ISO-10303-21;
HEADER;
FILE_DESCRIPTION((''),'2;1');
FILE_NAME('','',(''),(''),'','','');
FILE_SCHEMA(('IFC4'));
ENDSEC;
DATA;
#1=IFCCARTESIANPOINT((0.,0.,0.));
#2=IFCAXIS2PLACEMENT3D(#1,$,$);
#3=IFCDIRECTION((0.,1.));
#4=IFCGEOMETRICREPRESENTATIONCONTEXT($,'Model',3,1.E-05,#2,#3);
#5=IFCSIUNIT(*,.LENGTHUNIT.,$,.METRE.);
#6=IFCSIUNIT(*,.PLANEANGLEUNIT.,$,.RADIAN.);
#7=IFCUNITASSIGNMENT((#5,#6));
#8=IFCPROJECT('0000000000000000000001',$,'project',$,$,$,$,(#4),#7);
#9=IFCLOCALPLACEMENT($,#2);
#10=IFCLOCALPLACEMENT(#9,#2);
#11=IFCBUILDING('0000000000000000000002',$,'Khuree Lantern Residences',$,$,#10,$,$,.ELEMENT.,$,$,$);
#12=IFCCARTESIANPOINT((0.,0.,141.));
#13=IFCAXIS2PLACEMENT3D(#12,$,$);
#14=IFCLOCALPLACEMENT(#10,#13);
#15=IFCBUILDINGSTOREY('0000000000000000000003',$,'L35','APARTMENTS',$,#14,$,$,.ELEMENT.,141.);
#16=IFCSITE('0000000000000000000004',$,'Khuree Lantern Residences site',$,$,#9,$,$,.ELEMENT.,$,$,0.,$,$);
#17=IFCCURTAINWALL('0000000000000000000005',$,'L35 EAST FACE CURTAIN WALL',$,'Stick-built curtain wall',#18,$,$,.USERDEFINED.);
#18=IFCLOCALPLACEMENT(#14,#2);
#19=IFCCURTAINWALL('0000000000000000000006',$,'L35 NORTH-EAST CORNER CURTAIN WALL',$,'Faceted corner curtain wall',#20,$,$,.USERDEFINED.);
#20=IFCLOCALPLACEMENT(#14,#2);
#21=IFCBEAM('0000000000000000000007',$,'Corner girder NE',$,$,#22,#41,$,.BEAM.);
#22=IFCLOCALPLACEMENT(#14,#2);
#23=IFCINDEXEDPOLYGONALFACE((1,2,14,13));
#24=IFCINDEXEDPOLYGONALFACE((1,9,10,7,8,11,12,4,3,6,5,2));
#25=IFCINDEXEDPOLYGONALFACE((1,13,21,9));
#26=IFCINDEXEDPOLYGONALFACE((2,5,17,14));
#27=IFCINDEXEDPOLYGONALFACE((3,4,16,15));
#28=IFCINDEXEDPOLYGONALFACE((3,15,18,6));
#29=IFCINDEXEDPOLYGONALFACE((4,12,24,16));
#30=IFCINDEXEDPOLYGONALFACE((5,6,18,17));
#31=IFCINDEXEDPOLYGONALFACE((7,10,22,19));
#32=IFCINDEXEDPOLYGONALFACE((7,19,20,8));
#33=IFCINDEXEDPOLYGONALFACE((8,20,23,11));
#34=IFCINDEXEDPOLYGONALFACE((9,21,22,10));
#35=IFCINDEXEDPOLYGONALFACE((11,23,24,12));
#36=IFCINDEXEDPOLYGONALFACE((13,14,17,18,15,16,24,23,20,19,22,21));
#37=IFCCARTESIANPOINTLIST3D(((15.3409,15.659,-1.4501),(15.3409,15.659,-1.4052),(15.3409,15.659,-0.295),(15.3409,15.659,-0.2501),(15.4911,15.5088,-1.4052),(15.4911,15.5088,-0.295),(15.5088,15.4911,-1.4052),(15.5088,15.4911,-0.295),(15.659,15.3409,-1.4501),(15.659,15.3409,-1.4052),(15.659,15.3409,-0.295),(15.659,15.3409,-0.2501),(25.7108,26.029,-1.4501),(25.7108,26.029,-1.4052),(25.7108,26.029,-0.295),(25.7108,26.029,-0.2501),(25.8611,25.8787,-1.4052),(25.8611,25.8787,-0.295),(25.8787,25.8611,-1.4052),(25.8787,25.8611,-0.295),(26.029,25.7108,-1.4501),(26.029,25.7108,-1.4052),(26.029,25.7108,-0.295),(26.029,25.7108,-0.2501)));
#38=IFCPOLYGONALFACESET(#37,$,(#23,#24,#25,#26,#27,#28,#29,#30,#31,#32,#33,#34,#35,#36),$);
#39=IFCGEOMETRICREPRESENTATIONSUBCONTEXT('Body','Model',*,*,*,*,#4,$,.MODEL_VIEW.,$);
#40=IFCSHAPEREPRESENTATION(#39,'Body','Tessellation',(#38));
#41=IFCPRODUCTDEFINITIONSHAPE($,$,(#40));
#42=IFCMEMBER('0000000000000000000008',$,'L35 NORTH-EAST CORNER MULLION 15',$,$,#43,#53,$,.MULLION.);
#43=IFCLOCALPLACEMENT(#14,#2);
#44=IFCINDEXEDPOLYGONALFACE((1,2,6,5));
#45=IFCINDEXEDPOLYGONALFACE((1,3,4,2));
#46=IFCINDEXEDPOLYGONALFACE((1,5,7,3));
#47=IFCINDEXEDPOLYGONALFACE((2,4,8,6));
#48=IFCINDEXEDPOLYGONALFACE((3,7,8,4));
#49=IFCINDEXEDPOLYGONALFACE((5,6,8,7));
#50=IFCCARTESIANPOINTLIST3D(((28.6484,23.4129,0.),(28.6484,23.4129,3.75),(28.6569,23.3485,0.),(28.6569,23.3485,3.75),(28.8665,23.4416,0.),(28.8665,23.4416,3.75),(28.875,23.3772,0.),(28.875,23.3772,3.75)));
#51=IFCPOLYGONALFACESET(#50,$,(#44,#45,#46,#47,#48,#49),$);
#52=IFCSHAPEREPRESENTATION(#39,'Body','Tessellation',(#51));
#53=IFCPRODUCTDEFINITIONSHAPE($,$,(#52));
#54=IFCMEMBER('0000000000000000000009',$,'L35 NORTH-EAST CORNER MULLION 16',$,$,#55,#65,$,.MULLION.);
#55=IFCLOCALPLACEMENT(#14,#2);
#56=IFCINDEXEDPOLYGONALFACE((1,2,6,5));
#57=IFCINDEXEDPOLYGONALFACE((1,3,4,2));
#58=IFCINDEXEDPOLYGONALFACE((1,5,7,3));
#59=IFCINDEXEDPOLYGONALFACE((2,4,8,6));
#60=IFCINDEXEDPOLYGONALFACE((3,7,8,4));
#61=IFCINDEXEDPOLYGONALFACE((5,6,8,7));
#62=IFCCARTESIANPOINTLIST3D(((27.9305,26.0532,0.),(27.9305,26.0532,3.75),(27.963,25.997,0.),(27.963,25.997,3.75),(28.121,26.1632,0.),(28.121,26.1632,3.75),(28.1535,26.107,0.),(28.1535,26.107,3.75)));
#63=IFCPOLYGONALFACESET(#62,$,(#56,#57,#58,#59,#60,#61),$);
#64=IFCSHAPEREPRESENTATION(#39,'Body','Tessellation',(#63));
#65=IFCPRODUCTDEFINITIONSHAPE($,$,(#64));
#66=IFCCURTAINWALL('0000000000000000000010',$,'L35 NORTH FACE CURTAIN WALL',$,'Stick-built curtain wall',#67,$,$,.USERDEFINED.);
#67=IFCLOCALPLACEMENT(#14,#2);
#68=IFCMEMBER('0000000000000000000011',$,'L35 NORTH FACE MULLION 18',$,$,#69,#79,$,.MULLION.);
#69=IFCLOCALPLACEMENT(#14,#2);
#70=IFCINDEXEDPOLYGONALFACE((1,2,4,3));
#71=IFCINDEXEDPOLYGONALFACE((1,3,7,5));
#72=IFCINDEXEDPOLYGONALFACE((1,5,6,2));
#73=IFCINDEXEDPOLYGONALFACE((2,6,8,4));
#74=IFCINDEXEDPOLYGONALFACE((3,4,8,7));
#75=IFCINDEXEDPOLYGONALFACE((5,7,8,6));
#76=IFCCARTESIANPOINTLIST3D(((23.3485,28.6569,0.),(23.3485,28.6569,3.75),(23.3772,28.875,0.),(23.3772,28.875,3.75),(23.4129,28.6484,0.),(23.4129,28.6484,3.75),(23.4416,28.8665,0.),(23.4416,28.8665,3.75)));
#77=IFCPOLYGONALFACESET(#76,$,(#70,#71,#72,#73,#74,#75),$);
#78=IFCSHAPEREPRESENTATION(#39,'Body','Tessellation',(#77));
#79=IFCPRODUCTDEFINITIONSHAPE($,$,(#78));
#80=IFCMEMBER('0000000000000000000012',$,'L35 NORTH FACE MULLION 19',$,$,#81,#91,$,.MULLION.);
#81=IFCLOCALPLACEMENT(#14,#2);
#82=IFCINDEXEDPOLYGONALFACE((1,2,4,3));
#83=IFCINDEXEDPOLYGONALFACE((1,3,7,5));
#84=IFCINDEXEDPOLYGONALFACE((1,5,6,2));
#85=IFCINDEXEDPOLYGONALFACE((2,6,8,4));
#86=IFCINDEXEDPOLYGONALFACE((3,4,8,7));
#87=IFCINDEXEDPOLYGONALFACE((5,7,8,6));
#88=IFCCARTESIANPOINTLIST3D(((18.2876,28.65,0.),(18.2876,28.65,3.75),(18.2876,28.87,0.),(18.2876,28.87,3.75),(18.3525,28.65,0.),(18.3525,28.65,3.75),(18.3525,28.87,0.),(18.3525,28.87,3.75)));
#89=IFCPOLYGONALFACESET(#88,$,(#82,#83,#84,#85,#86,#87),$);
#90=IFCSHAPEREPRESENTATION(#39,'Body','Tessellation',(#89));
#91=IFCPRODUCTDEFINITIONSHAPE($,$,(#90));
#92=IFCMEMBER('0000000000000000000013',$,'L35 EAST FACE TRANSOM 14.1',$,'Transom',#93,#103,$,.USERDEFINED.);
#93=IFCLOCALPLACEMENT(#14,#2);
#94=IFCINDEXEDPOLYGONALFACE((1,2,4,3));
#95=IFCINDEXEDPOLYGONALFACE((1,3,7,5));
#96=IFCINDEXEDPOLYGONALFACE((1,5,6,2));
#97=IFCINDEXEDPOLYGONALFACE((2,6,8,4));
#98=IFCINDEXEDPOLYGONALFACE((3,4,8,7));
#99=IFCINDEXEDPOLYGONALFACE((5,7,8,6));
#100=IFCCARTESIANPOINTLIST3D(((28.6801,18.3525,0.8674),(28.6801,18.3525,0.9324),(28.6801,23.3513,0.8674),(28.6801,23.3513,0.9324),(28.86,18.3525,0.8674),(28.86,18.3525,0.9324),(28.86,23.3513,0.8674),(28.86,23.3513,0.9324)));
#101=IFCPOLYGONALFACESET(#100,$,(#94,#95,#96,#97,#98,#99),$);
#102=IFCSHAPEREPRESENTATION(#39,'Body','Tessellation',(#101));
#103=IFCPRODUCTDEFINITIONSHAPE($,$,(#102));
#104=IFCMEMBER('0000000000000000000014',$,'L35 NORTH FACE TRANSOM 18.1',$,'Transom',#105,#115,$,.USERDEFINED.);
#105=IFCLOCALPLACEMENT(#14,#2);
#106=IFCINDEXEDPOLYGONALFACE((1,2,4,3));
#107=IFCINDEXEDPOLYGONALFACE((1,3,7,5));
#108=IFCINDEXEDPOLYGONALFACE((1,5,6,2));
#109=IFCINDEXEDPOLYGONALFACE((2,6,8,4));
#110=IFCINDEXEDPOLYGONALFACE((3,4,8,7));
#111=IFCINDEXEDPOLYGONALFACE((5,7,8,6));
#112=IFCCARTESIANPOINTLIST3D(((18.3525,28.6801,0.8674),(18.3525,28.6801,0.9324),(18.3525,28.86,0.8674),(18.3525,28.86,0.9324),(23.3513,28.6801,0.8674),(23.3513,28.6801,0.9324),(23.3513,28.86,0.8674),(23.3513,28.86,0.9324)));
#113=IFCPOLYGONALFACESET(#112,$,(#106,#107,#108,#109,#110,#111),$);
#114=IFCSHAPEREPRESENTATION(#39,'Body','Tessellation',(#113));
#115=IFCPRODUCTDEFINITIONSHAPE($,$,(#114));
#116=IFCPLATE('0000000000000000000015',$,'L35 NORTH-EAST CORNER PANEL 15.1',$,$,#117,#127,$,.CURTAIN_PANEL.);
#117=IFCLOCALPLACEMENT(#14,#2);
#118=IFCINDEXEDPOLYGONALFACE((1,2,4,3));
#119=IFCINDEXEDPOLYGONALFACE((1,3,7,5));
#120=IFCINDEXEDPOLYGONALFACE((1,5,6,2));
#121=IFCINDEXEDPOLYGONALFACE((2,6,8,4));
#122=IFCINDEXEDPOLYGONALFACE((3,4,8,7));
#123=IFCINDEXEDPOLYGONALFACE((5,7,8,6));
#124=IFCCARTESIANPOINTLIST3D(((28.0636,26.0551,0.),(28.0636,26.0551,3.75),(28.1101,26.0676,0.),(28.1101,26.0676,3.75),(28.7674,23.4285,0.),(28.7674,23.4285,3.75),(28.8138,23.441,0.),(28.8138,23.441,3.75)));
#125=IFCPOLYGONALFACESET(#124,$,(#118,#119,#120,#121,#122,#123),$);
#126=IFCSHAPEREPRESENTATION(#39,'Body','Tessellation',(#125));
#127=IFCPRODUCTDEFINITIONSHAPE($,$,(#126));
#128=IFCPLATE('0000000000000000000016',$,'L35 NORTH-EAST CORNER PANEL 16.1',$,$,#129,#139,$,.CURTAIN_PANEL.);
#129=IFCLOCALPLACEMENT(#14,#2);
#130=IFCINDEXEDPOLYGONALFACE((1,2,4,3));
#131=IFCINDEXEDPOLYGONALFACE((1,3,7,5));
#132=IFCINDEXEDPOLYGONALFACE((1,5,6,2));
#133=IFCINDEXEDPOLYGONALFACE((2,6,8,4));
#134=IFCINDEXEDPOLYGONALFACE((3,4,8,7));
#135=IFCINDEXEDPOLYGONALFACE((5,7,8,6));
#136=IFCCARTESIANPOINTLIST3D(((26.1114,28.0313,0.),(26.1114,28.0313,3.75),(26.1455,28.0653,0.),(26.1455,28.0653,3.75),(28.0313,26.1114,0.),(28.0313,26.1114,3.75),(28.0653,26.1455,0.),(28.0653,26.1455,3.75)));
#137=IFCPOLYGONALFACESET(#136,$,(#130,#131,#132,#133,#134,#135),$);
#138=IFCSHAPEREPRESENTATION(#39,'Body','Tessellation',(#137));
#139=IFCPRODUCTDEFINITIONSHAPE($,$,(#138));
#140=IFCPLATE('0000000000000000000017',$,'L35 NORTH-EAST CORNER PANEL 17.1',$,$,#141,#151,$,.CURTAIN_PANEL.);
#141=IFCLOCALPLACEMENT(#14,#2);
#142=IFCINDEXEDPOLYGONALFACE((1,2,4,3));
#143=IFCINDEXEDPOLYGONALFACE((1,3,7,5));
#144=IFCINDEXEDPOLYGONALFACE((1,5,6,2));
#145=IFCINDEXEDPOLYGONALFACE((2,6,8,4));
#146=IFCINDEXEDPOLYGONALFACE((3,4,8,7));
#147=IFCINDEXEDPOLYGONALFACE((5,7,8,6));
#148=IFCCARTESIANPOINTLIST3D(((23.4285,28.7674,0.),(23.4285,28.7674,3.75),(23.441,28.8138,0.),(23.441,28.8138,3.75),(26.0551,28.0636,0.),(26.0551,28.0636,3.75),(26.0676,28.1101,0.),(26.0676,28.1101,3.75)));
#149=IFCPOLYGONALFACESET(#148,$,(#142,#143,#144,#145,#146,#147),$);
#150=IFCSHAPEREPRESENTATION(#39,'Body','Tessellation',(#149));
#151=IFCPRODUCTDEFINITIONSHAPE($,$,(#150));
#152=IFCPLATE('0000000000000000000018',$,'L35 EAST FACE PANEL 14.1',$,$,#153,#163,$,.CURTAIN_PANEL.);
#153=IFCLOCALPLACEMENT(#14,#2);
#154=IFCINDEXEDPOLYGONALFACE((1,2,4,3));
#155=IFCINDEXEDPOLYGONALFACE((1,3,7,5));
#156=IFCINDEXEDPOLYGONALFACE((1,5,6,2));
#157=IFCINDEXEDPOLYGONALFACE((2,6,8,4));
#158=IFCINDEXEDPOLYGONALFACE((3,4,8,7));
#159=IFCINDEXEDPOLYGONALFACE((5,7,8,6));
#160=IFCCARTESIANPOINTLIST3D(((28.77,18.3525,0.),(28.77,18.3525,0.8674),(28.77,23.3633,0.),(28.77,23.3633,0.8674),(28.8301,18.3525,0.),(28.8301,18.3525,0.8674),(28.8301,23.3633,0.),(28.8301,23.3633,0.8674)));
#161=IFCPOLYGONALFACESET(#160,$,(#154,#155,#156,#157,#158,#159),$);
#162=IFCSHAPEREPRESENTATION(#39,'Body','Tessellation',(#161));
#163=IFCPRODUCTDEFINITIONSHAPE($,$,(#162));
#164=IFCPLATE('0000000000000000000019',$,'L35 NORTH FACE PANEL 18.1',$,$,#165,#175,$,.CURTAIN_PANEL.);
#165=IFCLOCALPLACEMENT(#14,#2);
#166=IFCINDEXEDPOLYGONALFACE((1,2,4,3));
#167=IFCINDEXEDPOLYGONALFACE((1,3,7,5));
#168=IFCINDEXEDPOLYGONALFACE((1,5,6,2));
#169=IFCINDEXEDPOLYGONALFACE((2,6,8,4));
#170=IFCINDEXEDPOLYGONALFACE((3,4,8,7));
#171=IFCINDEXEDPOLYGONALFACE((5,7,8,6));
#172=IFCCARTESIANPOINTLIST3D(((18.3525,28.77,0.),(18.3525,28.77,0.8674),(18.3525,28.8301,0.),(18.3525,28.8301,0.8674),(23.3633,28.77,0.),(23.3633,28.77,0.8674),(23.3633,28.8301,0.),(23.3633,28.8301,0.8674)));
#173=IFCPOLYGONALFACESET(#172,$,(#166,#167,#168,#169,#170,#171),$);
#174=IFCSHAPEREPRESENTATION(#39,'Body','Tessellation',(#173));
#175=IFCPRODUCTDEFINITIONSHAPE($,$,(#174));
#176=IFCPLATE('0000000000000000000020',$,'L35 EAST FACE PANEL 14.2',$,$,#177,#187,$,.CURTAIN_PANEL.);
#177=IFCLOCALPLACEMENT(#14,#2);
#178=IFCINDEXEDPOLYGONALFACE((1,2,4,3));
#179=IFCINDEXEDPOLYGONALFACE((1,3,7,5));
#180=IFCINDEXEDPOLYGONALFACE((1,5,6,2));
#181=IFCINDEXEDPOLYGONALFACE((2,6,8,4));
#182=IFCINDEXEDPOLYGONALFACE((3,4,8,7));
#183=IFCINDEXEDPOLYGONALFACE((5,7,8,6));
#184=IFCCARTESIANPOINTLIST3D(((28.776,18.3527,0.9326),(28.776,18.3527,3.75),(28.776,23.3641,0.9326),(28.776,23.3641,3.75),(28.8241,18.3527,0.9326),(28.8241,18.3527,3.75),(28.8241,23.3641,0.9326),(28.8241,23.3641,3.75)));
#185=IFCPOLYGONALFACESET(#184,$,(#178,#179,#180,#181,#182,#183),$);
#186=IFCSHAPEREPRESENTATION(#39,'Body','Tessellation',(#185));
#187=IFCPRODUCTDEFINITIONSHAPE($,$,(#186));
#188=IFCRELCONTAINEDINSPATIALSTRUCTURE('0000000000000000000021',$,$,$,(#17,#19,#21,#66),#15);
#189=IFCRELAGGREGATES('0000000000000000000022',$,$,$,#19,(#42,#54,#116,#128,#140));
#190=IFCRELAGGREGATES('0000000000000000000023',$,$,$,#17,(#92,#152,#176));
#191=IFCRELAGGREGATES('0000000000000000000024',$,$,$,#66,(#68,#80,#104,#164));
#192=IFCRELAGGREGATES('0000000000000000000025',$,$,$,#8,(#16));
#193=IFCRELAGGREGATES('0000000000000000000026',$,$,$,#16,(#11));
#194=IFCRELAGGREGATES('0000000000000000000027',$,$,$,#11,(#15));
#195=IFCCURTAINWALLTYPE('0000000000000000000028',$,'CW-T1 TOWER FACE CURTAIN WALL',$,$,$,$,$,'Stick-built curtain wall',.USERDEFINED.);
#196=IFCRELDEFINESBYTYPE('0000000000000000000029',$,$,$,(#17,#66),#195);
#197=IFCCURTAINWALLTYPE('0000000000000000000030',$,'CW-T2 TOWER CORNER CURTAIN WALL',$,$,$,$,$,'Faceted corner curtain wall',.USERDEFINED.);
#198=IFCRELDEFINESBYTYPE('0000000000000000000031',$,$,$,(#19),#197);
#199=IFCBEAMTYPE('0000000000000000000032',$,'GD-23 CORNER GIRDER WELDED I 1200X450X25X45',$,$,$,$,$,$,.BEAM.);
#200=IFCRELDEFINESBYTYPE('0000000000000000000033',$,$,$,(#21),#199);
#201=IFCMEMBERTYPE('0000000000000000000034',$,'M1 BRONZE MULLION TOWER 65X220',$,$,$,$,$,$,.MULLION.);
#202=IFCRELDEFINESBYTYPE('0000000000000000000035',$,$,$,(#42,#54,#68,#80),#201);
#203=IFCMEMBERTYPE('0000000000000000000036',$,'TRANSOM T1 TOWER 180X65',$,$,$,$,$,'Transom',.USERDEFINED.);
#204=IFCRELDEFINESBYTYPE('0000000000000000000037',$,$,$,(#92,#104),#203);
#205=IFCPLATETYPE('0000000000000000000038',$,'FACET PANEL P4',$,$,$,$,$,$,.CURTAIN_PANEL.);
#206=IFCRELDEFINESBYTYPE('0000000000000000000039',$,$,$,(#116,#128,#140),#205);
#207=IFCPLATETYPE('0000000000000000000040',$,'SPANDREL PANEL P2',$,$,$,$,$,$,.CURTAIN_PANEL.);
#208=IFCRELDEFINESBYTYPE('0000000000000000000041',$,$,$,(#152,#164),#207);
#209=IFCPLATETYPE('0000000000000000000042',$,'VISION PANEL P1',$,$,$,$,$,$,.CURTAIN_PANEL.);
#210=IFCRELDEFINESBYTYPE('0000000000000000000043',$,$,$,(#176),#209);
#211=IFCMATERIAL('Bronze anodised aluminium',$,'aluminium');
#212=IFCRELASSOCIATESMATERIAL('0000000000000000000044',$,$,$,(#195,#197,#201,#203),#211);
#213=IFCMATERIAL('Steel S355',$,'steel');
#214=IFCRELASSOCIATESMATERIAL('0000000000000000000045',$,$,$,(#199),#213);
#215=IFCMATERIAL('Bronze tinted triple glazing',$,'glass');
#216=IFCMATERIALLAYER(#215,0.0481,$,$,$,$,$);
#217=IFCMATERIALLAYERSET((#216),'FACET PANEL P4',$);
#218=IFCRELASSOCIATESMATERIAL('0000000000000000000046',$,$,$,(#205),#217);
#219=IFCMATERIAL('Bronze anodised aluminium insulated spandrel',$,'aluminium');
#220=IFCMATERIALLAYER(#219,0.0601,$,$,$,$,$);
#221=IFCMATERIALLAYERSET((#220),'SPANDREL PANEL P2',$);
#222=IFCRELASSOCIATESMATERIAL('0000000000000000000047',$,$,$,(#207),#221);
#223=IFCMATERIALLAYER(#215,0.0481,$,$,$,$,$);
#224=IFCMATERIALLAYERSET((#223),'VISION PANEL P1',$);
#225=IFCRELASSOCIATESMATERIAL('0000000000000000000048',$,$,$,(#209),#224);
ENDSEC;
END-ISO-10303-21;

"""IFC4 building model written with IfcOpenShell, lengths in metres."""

from ifc_helpers import new_model, si_unit, direction, frame, origin, origin_2d, place, context, subcontext, project, spatial, rectangle, i_section, extrude, material, layer, layer_set, material_profile, profile_set, type_object, element, aggregate, save


model = new_model("IFC4")

# Units and contexts
model_context = context("Model", 3, precision=1e-05, world=origin(), true_north=direction((0.0, 1.0)))
body_context = subcontext(model_context, "Body", "Model", "MODEL_VIEW")
ifc_project = project(units=[si_unit("LENGTHUNIT", "METRE"), si_unit("PLANEANGLEUNIT", "RADIAN")], contexts=[model_context])

# Site, building, storey
site_placement = place(None, origin())
site = spatial("IfcSite", under=ifc_project, at=site_placement, Name="Khuree Lantern Residences site", CompositionType="ELEMENT", RefElevation=0.0)
building_placement = place(site_placement, origin())
building = spatial("IfcBuilding", under=site, at=building_placement, Name="Khuree Lantern Residences", CompositionType="ELEMENT")
storey_placement = place(building_placement, frame((0.0, 0.0, 141.0)))
storey = spatial("IfcBuildingStorey", under=building, at=storey_placement, Name="L35", Description="APARTMENTS", CompositionType="ELEMENT", Elevation=141.0)

# Shared definitions
ifc_material_1 = material(Name="Steel S355", Category="steel")

# Curtain walls
ifc_material_2 = material(Name="Bronze anodised aluminium", Category="aluminium")
curtain_wall_type_1 = type_object("IfcCurtainWallType", Name="CW-T1 TOWER FACE CURTAIN WALL", ElementType="Stick-built curtain wall", PredefinedType="USERDEFINED", material=ifc_material_2)
curtain_wall_1_placement = place(storey_placement, origin())
curtain_wall_1 = element("IfcCurtainWall", 1, at=curtain_wall_1_placement, inside=storey, type_object=curtain_wall_type_1, Name="L35 EAST FACE CURTAIN WALL", ObjectType="Stick-built curtain wall", PredefinedType="USERDEFINED")
curtain_wall_type_2 = type_object("IfcCurtainWallType", Name="CW-T2 TOWER CORNER CURTAIN WALL", ElementType="Faceted corner curtain wall", PredefinedType="USERDEFINED", material=ifc_material_2)
curtain_wall_2_placement = place(storey_placement, origin())
curtain_wall_2 = element("IfcCurtainWall", 2, at=curtain_wall_2_placement, inside=storey, type_object=curtain_wall_type_2, Name="L35 NORTH-EAST CORNER CURTAIN WALL", ObjectType="Faceted corner curtain wall", PredefinedType="USERDEFINED")

# Beam
ifc_material_profile_1 = material_profile(ifc_material_1, i_section(OverallWidth=0.45, OverallDepth=1.2, WebThickness=0.0249, FlangeThickness=0.0449, at=origin_2d()), Name="WELDED I 1200X450X25X45")
ifc_profile_set_1 = profile_set([ifc_material_profile_1], Name="Steel S355")
beam_type_1 = type_object("IfcBeamType", Name="GD-23 CORNER GIRDER WELDED I 1200X450X25X45", PredefinedType="BEAM", material=ifc_profile_set_1)
beam_1_placement = place(storey_placement, frame((25.8699, 25.8699, -0.8501), z_axis=(-0.707107, -0.707107, 0.0), x_axis=(0.707107, -0.707107, 0.0)))
element("IfcBeam", 3, at=beam_1_placement, inside=storey, type_object=beam_type_1, Name="Corner girder NE", PredefinedType="BEAM", context=body_context, shape_type="SweptSolid", body=[
    extrude(i_section(OverallWidth=0.45, OverallDepth=1.2, WebThickness=0.0249, FlangeThickness=0.0449, at=origin_2d()), origin(), (0.0, 0.0, 1.0), 14.6653),
])

# Members
ifc_material_profile_2 = material_profile(ifc_material_2, rectangle(XDim=0.0649, YDim=0.22, at=origin_2d()), Name="M1 65X220")
ifc_profile_set_2 = profile_set([ifc_material_profile_2], Name="Bronze anodised aluminium")
member_type_1 = type_object("IfcMemberType", Name="M1 BRONZE MULLION TOWER 65X220", PredefinedType="MULLION", material=ifc_profile_set_2)
member_1_placement = place(storey_placement, frame((28.7617, 23.395, 0.0), z_axis=(0.0, 0.0, 1.0), x_axis=(-0.130526, 0.991445, 0.0)))
member_1 = element("IfcMember", 4, at=member_1_placement, type_object=member_type_1, Name="L35 NORTH-EAST CORNER MULLION 15", PredefinedType="MULLION", context=body_context, shape_type="SweptSolid", body=[
    extrude(rectangle(XDim=0.0649, YDim=0.22, at=origin_2d()), origin(), (0.0, 0.0, 1.0), 3.75),
])
member_2_placement = place(storey_placement, frame((28.042, 26.0801, 0.0), z_axis=(0.0, 0.0, 1.0), x_axis=(-0.5, 0.866025, 0.0)))
member_2 = element("IfcMember", 5, at=member_2_placement, type_object=member_type_1, Name="L35 NORTH-EAST CORNER MULLION 16", PredefinedType="MULLION", context=body_context, shape_type="SweptSolid", body=[
    extrude(rectangle(XDim=0.0649, YDim=0.22, at=origin_2d()), origin(), (0.0, 0.0, 1.0), 3.75),
])

# Curtain wall, members
curtain_wall_3_placement = place(storey_placement, origin())
curtain_wall_3 = element("IfcCurtainWall", 6, at=curtain_wall_3_placement, inside=storey, type_object=curtain_wall_type_1, Name="L35 NORTH FACE CURTAIN WALL", ObjectType="Stick-built curtain wall", PredefinedType="USERDEFINED")
member_3_placement = place(storey_placement, frame((23.395, 28.7617, 0.0), z_axis=(0.0, 0.0, 1.0), x_axis=(-0.991445, 0.130526, 0.0)))
member_3 = element("IfcMember", 7, at=member_3_placement, type_object=member_type_1, Name="L35 NORTH FACE MULLION 18", PredefinedType="MULLION", context=body_context, shape_type="SweptSolid", body=[
    extrude(rectangle(XDim=0.0649, YDim=0.22, at=origin_2d()), origin(), (0.0, 0.0, 1.0), 3.75),
])
member_4_placement = place(storey_placement, frame((18.3201, 28.76, 0.0), z_axis=(0.0, 0.0, 1.0), x_axis=(-1.0, 0.0, 0.0)))
member_4 = element("IfcMember", 8, at=member_4_placement, type_object=member_type_1, Name="L35 NORTH FACE MULLION 19", PredefinedType="MULLION", context=body_context, shape_type="SweptSolid", body=[
    extrude(rectangle(XDim=0.0649, YDim=0.22, at=origin_2d()), origin(), (0.0, 0.0, 1.0), 3.75),
])

# Members
ifc_material_profile_3 = material_profile(ifc_material_2, rectangle(XDim=0.1799, YDim=0.0649, at=origin_2d()), Name="T1 180X65")
ifc_profile_set_3 = profile_set([ifc_material_profile_3], Name="Bronze anodised aluminium")
member_type_2 = type_object("IfcMemberType", Name="TRANSOM T1 TOWER 180X65", ElementType="Transom", PredefinedType="USERDEFINED", material=ifc_profile_set_3)
member_5_placement = place(storey_placement, frame((28.77, 18.3525, 0.8999), z_axis=(0.0, 1.0, 0.0), x_axis=(-1.0, 0.0, 0.0)))
member_5 = element("IfcMember", 9, at=member_5_placement, type_object=member_type_2, Name="L35 EAST FACE TRANSOM 14.1", ObjectType="Transom", PredefinedType="USERDEFINED", context=body_context, shape_type="SweptSolid", body=[
    extrude(rectangle(XDim=0.1799, YDim=0.0649, at=origin_2d()), origin(), (0.0, 0.0, 1.0), 4.9988),
])
member_6_placement = place(storey_placement, frame((23.3513, 28.77, 0.8999), z_axis=(-1.0, 0.0, 0.0), x_axis=(0.0, -1.0, 0.0)))
member_6 = element("IfcMember", 10, at=member_6_placement, type_object=member_type_2, Name="L35 NORTH FACE TRANSOM 18.1", ObjectType="Transom", PredefinedType="USERDEFINED", context=body_context, shape_type="SweptSolid", body=[
    extrude(rectangle(XDim=0.1799, YDim=0.0649, at=origin_2d()), origin(), (0.0, 0.0, 1.0), 4.9988),
])

# Plates
ifc_material_3 = material(Name="Bronze tinted triple glazing", Category="glass")
ifc_layer_1 = layer(ifc_material_3, 0.0481)
ifc_layer_set_1 = layer_set([ifc_layer_1], Name="FACET PANEL P4")
plate_type_1 = type_object("IfcPlateType", Name="FACET PANEL P4", PredefinedType="CURTAIN_PANEL", material=ifc_layer_set_1)
plate_1_placement = place(storey_placement, frame((28.4387, 24.748, 0.0), z_axis=(0.0, 0.0, 1.0), x_axis=(-0.258819, 0.965926, 0.0)))
plate_1 = element("IfcPlate", 11, at=plate_1_placement, type_object=plate_type_1, Name="L35 NORTH-EAST CORNER PANEL 15.1", PredefinedType="CURTAIN_PANEL", context=body_context, shape_type="SweptSolid", body=[
    extrude(rectangle(XDim=2.7192, YDim=0.0481, at=origin_2d()), origin(), (0.0, 0.0, 1.0), 3.75),
])
plate_2_placement = place(storey_placement, frame((27.0884, 27.0884, 0.0), z_axis=(0.0, 0.0, 1.0), x_axis=(-0.707107, 0.707107, 0.0)))
plate_2 = element("IfcPlate", 12, at=plate_2_placement, type_object=plate_type_1, Name="L35 NORTH-EAST CORNER PANEL 16.1", PredefinedType="CURTAIN_PANEL", context=body_context, shape_type="SweptSolid", body=[
    extrude(rectangle(XDim=2.7151, YDim=0.0481, at=origin_2d()), origin(), (0.0, 0.0, 1.0), 3.75),
])
plate_3_placement = place(storey_placement, frame((24.748, 28.4387, 0.0), z_axis=(0.0, 0.0, 1.0), x_axis=(-0.965926, 0.258819, 0.0)))
plate_3 = element("IfcPlate", 13, at=plate_3_placement, type_object=plate_type_1, Name="L35 NORTH-EAST CORNER PANEL 17.1", PredefinedType="CURTAIN_PANEL", context=body_context, shape_type="SweptSolid", body=[
    extrude(rectangle(XDim=2.7192, YDim=0.0481, at=origin_2d()), origin(), (0.0, 0.0, 1.0), 3.75),
])
aggregate(curtain_wall_2, [member_1, member_2, plate_1, plate_2, plate_3])
ifc_material_4 = material(Name="Bronze anodised aluminium insulated spandrel", Category="aluminium")
ifc_layer_2 = layer(ifc_material_4, 0.0601)
ifc_layer_set_2 = layer_set([ifc_layer_2], Name="SPANDREL PANEL P2")
plate_type_2 = type_object("IfcPlateType", Name="SPANDREL PANEL P2", PredefinedType="CURTAIN_PANEL", material=ifc_layer_set_2)
plate_4_placement = place(storey_placement, frame((28.8, 20.8579, 0.0), z_axis=(0.0, 0.0, 1.0), x_axis=(0.0, 1.0, 0.0)))
plate_4 = element("IfcPlate", 14, at=plate_4_placement, type_object=plate_type_2, Name="L35 EAST FACE PANEL 14.1", PredefinedType="CURTAIN_PANEL", context=body_context, shape_type="SweptSolid", body=[
    extrude(rectangle(XDim=5.0107, YDim=0.0601, at=origin_2d()), origin(), (0.0, 0.0, 1.0), 0.8674),
])
plate_5_placement = place(storey_placement, frame((20.8579, 28.8, 0.0), z_axis=(0.0, 0.0, 1.0), x_axis=(-1.0, 0.0, 0.0)))
plate_5 = element("IfcPlate", 15, at=plate_5_placement, type_object=plate_type_2, Name="L35 NORTH FACE PANEL 18.1", PredefinedType="CURTAIN_PANEL", context=body_context, shape_type="SweptSolid", body=[
    extrude(rectangle(XDim=5.0107, YDim=0.0601, at=origin_2d()), origin(), (0.0, 0.0, 1.0), 0.8674),
])
ifc_layer_3 = layer(ifc_material_3, 0.0481)
ifc_layer_set_3 = layer_set([ifc_layer_3], Name="VISION PANEL P1")
plate_type_3 = type_object("IfcPlateType", Name="VISION PANEL P1", PredefinedType="CURTAIN_PANEL", material=ifc_layer_set_3)
plate_6_placement = place(storey_placement, frame((28.8, 20.8584, 0.9326), z_axis=(0.0, 0.0, 1.0), x_axis=(0.0, 1.0, 0.0)))
plate_6 = element("IfcPlate", 16, at=plate_6_placement, type_object=plate_type_3, Name="L35 EAST FACE PANEL 14.2", PredefinedType="CURTAIN_PANEL", context=body_context, shape_type="SweptSolid", body=[
    extrude(rectangle(XDim=5.0115, YDim=0.0481, at=origin_2d()), origin(), (0.0, 0.0, 1.0), 2.8174),
])
aggregate(curtain_wall_1, [member_5, plate_4, plate_6])
aggregate(curtain_wall_3, [member_3, member_4, member_6, plate_5])

save(model, "model.ifc")
